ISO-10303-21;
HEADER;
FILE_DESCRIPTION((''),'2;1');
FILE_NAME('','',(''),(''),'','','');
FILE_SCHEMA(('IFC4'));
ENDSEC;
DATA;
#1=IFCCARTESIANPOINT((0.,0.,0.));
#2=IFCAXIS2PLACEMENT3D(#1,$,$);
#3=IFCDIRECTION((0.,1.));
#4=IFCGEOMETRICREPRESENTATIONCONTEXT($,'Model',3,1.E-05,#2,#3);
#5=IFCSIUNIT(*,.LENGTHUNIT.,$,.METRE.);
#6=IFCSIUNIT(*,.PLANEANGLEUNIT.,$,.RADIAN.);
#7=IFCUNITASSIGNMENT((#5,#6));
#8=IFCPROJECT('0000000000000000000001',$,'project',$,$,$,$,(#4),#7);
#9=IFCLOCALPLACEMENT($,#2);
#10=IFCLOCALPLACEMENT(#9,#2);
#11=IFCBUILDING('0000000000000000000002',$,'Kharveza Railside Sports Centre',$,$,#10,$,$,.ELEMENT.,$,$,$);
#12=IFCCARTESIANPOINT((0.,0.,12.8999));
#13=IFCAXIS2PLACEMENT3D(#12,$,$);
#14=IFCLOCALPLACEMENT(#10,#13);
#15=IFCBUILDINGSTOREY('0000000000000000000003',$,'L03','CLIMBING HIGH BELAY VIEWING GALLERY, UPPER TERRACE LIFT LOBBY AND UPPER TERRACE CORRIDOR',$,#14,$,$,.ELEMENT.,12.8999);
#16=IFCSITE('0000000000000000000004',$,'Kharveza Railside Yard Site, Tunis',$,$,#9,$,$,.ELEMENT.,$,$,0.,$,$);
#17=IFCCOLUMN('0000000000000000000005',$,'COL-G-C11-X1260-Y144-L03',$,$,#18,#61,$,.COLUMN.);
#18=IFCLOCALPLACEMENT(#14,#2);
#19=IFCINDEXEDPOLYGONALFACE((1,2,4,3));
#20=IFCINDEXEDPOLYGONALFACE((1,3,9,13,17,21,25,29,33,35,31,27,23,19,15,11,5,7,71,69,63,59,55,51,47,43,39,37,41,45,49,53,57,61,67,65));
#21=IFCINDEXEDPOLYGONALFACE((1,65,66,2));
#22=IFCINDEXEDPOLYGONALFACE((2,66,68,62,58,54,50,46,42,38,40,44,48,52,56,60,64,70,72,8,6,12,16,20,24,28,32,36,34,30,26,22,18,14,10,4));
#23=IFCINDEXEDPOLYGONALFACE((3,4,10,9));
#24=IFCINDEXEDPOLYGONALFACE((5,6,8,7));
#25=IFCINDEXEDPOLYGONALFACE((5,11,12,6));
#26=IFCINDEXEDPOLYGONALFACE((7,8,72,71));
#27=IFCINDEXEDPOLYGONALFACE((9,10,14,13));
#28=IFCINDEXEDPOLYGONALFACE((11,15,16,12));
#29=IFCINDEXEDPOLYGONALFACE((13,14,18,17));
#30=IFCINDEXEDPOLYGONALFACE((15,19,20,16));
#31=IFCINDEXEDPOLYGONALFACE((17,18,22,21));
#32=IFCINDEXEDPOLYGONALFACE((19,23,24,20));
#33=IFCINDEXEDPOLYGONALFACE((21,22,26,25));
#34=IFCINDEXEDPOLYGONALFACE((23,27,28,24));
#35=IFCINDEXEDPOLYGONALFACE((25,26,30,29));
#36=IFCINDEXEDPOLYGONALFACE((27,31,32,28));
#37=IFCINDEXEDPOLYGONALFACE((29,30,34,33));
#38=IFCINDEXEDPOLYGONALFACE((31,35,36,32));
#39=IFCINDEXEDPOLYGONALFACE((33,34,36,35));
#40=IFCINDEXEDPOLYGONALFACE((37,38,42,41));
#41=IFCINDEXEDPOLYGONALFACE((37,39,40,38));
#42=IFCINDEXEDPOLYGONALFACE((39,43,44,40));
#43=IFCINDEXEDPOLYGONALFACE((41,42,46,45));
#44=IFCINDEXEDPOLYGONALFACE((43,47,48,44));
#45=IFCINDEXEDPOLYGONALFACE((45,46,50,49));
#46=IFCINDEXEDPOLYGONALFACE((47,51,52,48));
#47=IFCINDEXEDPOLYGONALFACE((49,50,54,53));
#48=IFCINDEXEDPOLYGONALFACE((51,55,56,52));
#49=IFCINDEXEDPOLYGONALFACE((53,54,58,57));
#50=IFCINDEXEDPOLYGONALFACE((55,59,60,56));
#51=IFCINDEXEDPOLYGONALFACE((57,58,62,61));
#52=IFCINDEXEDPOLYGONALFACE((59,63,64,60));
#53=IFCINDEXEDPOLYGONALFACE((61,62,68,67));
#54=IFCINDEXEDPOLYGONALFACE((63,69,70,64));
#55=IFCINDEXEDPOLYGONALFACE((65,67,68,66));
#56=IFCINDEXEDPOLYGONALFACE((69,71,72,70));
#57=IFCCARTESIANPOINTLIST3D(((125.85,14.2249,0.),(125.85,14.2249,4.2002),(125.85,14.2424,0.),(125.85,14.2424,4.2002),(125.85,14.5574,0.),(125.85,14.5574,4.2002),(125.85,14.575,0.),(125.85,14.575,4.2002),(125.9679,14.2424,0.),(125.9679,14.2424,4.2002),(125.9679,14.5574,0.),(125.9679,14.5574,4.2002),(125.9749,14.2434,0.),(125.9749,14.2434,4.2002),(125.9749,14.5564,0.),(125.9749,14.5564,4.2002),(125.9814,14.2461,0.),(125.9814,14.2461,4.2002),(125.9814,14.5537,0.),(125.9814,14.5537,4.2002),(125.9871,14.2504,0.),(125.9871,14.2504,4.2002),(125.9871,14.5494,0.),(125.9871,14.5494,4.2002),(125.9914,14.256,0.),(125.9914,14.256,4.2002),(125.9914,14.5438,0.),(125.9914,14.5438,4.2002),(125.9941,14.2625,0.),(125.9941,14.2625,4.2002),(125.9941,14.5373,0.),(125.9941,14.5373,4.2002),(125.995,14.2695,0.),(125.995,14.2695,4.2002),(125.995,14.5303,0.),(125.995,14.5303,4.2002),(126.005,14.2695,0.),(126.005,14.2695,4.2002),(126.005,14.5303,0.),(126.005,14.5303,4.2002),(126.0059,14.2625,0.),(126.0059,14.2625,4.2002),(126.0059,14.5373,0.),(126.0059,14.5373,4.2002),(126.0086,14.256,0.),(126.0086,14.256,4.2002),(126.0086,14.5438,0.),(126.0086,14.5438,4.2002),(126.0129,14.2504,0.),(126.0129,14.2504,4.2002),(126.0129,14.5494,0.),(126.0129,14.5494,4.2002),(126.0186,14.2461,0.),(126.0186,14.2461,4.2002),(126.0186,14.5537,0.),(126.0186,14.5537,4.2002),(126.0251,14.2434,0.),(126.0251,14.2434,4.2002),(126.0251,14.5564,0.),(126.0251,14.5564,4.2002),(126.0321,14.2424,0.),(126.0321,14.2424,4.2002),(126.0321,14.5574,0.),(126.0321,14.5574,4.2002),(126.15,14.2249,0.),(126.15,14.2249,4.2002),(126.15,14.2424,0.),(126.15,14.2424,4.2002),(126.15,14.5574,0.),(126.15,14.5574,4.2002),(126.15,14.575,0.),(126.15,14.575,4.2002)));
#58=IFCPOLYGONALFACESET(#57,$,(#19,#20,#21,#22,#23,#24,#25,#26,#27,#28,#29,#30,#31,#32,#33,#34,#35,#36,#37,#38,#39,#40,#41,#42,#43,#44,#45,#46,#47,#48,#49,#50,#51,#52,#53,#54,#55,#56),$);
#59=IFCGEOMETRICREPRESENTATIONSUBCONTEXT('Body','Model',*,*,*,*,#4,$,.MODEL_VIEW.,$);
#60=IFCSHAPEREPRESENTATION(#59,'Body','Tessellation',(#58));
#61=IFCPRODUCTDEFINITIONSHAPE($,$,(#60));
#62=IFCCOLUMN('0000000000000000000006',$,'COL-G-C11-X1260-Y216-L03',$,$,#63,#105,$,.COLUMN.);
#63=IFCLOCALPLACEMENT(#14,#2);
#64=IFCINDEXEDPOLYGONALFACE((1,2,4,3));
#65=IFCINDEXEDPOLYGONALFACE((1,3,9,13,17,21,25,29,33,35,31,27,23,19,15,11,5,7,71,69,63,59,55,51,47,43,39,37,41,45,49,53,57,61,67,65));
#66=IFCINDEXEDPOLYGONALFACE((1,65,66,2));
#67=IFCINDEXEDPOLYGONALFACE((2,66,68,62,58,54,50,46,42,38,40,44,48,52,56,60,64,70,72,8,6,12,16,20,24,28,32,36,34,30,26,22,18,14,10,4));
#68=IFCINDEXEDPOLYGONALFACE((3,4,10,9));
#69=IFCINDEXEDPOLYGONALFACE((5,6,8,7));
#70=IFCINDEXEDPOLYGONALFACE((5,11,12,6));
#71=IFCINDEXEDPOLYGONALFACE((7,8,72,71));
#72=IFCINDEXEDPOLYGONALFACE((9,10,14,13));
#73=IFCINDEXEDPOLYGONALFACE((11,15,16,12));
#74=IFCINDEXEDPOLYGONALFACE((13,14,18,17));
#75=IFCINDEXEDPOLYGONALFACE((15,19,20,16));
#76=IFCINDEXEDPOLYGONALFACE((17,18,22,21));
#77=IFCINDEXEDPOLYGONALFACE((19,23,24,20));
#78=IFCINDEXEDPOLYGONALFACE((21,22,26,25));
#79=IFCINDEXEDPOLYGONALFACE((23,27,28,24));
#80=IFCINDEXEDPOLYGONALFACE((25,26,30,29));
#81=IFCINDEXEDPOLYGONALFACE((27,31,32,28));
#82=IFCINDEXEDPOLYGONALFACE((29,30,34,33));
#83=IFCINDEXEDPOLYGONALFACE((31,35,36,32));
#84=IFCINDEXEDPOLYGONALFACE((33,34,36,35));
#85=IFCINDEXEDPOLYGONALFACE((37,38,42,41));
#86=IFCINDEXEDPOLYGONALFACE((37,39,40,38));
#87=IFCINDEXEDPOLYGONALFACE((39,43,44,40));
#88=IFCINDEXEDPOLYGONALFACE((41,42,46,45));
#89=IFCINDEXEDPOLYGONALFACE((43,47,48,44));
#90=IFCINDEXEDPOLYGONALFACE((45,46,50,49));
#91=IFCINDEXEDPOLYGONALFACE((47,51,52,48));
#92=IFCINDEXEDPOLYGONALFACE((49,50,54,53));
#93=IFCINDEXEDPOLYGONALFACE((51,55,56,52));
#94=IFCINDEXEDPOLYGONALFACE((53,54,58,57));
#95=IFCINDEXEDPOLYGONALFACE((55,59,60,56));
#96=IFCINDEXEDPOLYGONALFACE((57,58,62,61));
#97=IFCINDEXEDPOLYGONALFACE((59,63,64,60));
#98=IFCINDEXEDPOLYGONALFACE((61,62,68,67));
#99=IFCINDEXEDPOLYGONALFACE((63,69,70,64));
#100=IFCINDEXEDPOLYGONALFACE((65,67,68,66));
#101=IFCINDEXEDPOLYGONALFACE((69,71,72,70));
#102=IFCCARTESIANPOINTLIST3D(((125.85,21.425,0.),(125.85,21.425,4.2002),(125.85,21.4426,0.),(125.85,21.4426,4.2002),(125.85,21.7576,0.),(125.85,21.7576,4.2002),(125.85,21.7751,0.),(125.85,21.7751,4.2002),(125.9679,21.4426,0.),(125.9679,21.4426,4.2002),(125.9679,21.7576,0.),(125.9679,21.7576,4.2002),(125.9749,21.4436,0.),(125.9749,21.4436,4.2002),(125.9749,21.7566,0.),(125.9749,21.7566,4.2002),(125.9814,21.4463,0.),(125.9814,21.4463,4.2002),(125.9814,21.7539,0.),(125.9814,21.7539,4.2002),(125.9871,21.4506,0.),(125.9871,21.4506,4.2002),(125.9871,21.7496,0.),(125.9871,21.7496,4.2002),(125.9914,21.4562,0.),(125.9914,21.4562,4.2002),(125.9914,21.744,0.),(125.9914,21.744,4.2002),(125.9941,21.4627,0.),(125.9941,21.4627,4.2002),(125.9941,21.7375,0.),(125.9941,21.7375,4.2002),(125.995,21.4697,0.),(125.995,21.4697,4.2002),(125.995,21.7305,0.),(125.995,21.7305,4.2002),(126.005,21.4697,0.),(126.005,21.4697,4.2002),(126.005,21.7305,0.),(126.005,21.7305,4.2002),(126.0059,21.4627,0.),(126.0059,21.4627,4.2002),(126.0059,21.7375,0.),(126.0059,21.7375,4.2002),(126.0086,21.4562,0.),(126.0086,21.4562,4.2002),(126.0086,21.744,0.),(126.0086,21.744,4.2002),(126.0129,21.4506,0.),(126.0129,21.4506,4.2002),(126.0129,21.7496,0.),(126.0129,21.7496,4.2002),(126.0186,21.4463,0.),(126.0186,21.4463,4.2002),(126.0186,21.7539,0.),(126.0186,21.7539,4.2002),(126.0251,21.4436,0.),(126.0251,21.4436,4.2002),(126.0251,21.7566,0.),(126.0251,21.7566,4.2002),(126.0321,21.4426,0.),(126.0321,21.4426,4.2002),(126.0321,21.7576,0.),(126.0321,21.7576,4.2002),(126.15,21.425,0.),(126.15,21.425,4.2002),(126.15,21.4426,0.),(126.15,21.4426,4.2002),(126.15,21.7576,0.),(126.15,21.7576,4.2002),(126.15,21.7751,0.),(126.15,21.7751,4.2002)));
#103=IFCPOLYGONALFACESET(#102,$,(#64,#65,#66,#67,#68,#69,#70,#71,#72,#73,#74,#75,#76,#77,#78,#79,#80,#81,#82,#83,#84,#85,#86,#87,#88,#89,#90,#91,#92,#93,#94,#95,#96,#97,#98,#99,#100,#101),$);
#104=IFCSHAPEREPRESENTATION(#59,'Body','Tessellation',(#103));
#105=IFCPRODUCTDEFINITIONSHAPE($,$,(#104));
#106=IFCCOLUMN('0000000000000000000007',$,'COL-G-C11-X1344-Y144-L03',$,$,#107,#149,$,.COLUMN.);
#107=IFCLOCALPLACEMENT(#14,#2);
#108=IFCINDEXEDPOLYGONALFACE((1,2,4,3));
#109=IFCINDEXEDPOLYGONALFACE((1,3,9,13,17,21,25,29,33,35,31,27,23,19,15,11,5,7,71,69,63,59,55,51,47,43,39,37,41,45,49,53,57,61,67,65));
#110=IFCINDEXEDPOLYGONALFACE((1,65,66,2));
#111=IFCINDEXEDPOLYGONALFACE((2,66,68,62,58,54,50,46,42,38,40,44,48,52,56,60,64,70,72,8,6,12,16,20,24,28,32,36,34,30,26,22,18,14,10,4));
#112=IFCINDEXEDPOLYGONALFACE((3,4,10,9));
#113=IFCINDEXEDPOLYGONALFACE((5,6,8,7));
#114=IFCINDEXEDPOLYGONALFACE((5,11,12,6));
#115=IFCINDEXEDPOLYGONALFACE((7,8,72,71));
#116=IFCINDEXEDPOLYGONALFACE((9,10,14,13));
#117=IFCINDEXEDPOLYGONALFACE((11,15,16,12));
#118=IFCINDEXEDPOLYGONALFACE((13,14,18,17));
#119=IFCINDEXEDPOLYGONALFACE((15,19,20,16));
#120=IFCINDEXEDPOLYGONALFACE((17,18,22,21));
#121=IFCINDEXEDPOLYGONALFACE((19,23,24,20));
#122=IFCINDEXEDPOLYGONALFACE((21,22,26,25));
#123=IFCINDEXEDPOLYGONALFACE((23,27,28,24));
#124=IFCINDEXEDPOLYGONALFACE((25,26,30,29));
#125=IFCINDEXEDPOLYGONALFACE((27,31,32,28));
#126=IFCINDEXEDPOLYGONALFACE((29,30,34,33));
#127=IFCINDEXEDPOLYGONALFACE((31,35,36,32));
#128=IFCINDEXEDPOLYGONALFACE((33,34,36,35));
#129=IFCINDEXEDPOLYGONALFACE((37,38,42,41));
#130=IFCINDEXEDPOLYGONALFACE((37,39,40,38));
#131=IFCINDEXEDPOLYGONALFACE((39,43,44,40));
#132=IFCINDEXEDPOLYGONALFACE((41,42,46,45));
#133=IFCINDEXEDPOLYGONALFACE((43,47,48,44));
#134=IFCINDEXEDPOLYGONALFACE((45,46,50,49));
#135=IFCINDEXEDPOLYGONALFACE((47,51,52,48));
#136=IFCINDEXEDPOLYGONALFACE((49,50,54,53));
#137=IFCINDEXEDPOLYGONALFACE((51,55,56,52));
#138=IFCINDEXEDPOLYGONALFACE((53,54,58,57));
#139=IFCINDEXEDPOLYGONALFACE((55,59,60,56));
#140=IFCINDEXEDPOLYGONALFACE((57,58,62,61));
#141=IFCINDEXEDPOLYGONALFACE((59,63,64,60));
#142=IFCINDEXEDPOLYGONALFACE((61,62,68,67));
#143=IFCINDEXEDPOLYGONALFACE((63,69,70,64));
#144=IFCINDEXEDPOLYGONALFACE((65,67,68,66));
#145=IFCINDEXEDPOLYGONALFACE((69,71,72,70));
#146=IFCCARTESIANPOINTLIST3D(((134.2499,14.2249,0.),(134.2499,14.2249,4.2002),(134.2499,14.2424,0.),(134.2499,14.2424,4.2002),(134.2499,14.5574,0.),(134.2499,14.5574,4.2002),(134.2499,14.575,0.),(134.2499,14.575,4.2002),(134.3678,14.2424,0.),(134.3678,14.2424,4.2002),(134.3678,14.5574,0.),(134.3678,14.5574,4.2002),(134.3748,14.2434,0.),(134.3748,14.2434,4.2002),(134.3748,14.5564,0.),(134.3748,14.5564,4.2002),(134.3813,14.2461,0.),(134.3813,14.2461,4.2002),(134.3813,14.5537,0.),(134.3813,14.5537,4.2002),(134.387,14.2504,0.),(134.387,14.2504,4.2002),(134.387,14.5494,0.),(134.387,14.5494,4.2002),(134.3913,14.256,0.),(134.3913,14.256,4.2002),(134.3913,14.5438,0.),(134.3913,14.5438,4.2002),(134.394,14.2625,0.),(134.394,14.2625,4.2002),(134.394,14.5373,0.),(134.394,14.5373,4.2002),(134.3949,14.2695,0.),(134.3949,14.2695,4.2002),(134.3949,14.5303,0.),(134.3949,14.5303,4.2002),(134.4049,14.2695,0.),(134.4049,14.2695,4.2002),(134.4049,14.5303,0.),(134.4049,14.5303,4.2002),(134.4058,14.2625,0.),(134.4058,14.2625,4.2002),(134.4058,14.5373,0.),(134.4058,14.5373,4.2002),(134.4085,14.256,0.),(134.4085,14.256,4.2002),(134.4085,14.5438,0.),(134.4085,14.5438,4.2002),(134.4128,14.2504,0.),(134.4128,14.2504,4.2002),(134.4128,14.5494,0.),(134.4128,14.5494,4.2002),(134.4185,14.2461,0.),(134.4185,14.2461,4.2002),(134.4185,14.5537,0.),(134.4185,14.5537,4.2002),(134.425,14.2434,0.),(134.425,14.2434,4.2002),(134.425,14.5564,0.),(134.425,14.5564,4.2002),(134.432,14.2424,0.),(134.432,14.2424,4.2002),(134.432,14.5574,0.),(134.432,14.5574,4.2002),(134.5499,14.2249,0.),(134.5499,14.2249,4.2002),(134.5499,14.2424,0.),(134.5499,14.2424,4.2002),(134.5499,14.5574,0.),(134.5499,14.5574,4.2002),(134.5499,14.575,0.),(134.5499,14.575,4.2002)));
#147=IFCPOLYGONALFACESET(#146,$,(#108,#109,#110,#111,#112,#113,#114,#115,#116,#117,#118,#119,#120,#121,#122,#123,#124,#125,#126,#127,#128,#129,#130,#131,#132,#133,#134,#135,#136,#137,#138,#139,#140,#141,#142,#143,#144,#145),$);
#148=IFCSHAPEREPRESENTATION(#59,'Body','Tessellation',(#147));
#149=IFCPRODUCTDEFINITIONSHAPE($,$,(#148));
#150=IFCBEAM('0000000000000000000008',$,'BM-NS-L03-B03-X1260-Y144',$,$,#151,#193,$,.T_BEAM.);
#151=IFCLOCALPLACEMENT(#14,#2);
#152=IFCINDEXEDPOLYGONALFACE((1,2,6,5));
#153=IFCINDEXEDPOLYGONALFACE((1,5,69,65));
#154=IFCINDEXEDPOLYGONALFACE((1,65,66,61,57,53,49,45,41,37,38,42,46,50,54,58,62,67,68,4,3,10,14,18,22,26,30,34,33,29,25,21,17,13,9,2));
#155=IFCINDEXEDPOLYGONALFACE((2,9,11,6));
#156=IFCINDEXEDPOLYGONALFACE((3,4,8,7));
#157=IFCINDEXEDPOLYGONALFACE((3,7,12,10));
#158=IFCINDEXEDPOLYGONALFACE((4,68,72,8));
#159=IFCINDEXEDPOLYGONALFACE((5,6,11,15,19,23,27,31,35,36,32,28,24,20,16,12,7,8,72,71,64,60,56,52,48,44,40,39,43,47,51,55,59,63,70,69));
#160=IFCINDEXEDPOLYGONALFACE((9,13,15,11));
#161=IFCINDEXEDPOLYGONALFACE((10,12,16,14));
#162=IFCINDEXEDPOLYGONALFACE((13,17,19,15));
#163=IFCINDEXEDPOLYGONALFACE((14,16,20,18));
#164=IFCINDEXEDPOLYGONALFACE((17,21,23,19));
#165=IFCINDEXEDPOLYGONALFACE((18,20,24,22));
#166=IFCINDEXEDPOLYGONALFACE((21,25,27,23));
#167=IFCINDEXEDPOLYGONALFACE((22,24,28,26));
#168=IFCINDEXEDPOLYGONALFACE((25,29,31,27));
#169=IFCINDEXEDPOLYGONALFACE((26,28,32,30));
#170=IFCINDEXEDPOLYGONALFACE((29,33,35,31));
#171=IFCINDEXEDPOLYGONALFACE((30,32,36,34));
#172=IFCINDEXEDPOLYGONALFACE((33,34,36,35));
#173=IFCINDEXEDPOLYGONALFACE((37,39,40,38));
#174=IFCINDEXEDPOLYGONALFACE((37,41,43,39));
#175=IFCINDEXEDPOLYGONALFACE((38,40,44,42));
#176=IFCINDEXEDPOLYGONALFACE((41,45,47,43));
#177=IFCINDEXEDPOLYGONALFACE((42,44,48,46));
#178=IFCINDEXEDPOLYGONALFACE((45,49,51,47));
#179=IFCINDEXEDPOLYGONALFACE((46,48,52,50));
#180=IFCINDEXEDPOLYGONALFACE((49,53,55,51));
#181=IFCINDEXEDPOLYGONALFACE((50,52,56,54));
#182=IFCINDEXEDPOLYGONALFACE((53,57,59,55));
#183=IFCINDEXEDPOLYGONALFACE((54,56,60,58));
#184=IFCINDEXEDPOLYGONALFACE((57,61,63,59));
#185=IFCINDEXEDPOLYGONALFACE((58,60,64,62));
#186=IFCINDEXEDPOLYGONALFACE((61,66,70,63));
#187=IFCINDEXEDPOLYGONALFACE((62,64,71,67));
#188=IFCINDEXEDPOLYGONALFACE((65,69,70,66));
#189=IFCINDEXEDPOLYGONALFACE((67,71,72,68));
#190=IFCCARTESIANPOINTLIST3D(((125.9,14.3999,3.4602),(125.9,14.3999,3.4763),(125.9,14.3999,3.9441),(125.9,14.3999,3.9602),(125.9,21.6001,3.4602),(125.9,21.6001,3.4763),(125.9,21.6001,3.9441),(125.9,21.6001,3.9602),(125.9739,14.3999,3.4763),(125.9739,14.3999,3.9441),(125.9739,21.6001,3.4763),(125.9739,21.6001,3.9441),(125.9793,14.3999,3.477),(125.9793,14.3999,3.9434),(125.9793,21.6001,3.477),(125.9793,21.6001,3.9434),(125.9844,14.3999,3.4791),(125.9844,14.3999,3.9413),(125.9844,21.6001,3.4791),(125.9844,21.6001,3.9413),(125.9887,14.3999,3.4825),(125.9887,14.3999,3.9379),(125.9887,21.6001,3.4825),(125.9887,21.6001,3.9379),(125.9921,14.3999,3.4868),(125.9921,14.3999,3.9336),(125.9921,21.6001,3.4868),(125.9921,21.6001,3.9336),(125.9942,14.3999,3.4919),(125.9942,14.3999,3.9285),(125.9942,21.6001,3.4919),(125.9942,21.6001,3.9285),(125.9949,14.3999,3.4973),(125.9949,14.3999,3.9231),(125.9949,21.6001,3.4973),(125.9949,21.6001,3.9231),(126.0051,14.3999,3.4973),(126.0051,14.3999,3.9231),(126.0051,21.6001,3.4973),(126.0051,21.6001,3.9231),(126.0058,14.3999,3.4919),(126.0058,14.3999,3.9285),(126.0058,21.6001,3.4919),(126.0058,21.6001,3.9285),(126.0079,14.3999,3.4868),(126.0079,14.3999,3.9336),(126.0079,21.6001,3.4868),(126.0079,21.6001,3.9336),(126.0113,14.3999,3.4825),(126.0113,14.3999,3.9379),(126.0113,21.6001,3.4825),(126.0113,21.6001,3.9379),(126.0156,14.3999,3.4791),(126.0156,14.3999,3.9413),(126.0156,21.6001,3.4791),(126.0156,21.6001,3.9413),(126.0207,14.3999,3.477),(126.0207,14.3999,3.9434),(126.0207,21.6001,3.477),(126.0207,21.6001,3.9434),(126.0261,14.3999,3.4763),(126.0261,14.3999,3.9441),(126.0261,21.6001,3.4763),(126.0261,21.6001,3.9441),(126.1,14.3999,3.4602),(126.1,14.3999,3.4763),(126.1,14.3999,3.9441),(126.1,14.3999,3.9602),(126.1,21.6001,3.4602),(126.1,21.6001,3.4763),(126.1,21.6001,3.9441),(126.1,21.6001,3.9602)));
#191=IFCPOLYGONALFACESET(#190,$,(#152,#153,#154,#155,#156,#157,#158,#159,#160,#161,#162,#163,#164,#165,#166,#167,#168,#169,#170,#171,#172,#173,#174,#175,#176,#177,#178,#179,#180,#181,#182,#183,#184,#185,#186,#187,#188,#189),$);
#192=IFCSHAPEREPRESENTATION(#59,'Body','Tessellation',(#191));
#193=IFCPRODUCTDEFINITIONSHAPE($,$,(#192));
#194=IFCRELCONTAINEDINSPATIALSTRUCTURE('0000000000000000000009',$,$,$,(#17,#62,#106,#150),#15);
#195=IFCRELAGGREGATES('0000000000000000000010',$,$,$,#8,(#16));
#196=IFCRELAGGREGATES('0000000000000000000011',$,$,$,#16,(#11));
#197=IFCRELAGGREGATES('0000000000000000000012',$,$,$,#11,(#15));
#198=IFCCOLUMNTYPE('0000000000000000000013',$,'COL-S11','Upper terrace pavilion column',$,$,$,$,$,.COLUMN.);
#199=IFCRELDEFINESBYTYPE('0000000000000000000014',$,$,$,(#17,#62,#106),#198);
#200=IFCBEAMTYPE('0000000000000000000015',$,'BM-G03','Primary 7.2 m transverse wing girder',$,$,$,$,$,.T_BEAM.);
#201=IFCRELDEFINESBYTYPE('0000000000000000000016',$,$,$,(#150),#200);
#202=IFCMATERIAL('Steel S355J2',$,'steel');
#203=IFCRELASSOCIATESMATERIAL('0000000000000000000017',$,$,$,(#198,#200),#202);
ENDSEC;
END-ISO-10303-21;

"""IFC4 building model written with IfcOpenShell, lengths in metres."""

from ifc_helpers import new_model, si_unit, direction, frame, origin, origin_2d, place, context, subcontext, project, spatial, i_section, extrude, material, material_profile, profile_set, type_object, element, save


model = new_model("IFC4")

# Units and contexts
model_context = context("Model", 3, precision=1e-05, world=origin(), true_north=direction((0.0, 1.0)))
body_context = subcontext(model_context, "Body", "Model", "MODEL_VIEW")
ifc_project = project(units=[si_unit("LENGTHUNIT", "METRE"), si_unit("PLANEANGLEUNIT", "RADIAN")], contexts=[model_context])

# Site, building, storey
site_placement = place(None, origin())
site = spatial("IfcSite", under=ifc_project, at=site_placement, Name="Kharveza Railside Yard Site, Tunis", CompositionType="ELEMENT", RefElevation=0.0)
building_placement = place(site_placement, origin())
building = spatial("IfcBuilding", under=site, at=building_placement, Name="Kharveza Railside Sports Centre", CompositionType="ELEMENT")
storey_placement = place(building_placement, frame((0.0, 0.0, 12.8999)))
storey = spatial("IfcBuildingStorey", under=building, at=storey_placement, Name="L03", Description="CLIMBING HIGH BELAY VIEWING GALLERY, UPPER TERRACE LIFT LOBBY AND UPPER TERRACE CORRIDOR", CompositionType="ELEMENT", Elevation=12.8999)

# Columns
ifc_material_1 = material(Name="Steel S355J2", Category="steel")
ifc_material_profile_1 = material_profile(ifc_material_1, i_section(OverallWidth=0.3, OverallDepth=0.3501, WebThickness=0.01, FlangeThickness=0.0176, FilletRadius=0.0271, at=origin_2d()), Name="HEA 360")
ifc_profile_set_1 = profile_set([ifc_material_profile_1], Name="Steel S355J2")
column_type = type_object("IfcColumnType", Name="COL-S11", Description="Upper terrace pavilion column", PredefinedType="COLUMN", material=ifc_profile_set_1)
for number, where, z_axis, x_axis, name in (
    (1, (126.0, 14.3999, 0.0), (0.0, 0.0, 1.0), (1.0, 0.0, 0.0), "COL-G-C11-X1260-Y144-L03"),
    (2, (126.0, 21.6001, 0.0), (0.0, 0.0, 1.0), (1.0, 0.0, 0.0), "COL-G-C11-X1260-Y216-L03"),
    (3, (134.3999, 14.3999, 0.0), (0.0, 0.0, 1.0), (1.0, 0.0, 0.0), "COL-G-C11-X1344-Y144-L03"),
):
    element("IfcColumn", number, at=place(storey_placement, frame(where, z_axis=z_axis, x_axis=x_axis)), inside=storey, type_object=column_type, Name=name, PredefinedType="COLUMN", context=body_context, shape_type="SweptSolid", body=[
        extrude(i_section(OverallWidth=0.3, OverallDepth=0.3501, WebThickness=0.01, FlangeThickness=0.0176, FilletRadius=0.0271, at=origin_2d()), origin(), (0.0, 0.0, 1.0), 4.2002),
    ])

# Beam
ifc_material_profile_2 = material_profile(ifc_material_1, i_section(OverallWidth=0.2, OverallDepth=0.5, WebThickness=0.0103, FlangeThickness=0.0161, FilletRadius=0.021, at=origin_2d()), Name="IPE 500")
ifc_profile_set_2 = profile_set([ifc_material_profile_2], Name="Steel S355J2")
beam_type_1 = type_object("IfcBeamType", Name="BM-G03", Description="Primary 7.2 m transverse wing girder", PredefinedType="T_BEAM", material=ifc_profile_set_2)
beam_1_placement = place(storey_placement, frame((126.0, 14.3999, 3.7102), z_axis=(0.0, 1.0, 0.0), x_axis=(-1.0, 0.0, 0.0)))
element("IfcBeam", 4, at=beam_1_placement, inside=storey, type_object=beam_type_1, Name="BM-NS-L03-B03-X1260-Y144", PredefinedType="T_BEAM", context=body_context, shape_type="SweptSolid", body=[
    extrude(i_section(OverallWidth=0.2, OverallDepth=0.5, WebThickness=0.0103, FlangeThickness=0.0161, FilletRadius=0.021, at=origin_2d()), origin(), (0.0, 0.0, 1.0), 7.2002),
])

save(model, "model.ifc")
